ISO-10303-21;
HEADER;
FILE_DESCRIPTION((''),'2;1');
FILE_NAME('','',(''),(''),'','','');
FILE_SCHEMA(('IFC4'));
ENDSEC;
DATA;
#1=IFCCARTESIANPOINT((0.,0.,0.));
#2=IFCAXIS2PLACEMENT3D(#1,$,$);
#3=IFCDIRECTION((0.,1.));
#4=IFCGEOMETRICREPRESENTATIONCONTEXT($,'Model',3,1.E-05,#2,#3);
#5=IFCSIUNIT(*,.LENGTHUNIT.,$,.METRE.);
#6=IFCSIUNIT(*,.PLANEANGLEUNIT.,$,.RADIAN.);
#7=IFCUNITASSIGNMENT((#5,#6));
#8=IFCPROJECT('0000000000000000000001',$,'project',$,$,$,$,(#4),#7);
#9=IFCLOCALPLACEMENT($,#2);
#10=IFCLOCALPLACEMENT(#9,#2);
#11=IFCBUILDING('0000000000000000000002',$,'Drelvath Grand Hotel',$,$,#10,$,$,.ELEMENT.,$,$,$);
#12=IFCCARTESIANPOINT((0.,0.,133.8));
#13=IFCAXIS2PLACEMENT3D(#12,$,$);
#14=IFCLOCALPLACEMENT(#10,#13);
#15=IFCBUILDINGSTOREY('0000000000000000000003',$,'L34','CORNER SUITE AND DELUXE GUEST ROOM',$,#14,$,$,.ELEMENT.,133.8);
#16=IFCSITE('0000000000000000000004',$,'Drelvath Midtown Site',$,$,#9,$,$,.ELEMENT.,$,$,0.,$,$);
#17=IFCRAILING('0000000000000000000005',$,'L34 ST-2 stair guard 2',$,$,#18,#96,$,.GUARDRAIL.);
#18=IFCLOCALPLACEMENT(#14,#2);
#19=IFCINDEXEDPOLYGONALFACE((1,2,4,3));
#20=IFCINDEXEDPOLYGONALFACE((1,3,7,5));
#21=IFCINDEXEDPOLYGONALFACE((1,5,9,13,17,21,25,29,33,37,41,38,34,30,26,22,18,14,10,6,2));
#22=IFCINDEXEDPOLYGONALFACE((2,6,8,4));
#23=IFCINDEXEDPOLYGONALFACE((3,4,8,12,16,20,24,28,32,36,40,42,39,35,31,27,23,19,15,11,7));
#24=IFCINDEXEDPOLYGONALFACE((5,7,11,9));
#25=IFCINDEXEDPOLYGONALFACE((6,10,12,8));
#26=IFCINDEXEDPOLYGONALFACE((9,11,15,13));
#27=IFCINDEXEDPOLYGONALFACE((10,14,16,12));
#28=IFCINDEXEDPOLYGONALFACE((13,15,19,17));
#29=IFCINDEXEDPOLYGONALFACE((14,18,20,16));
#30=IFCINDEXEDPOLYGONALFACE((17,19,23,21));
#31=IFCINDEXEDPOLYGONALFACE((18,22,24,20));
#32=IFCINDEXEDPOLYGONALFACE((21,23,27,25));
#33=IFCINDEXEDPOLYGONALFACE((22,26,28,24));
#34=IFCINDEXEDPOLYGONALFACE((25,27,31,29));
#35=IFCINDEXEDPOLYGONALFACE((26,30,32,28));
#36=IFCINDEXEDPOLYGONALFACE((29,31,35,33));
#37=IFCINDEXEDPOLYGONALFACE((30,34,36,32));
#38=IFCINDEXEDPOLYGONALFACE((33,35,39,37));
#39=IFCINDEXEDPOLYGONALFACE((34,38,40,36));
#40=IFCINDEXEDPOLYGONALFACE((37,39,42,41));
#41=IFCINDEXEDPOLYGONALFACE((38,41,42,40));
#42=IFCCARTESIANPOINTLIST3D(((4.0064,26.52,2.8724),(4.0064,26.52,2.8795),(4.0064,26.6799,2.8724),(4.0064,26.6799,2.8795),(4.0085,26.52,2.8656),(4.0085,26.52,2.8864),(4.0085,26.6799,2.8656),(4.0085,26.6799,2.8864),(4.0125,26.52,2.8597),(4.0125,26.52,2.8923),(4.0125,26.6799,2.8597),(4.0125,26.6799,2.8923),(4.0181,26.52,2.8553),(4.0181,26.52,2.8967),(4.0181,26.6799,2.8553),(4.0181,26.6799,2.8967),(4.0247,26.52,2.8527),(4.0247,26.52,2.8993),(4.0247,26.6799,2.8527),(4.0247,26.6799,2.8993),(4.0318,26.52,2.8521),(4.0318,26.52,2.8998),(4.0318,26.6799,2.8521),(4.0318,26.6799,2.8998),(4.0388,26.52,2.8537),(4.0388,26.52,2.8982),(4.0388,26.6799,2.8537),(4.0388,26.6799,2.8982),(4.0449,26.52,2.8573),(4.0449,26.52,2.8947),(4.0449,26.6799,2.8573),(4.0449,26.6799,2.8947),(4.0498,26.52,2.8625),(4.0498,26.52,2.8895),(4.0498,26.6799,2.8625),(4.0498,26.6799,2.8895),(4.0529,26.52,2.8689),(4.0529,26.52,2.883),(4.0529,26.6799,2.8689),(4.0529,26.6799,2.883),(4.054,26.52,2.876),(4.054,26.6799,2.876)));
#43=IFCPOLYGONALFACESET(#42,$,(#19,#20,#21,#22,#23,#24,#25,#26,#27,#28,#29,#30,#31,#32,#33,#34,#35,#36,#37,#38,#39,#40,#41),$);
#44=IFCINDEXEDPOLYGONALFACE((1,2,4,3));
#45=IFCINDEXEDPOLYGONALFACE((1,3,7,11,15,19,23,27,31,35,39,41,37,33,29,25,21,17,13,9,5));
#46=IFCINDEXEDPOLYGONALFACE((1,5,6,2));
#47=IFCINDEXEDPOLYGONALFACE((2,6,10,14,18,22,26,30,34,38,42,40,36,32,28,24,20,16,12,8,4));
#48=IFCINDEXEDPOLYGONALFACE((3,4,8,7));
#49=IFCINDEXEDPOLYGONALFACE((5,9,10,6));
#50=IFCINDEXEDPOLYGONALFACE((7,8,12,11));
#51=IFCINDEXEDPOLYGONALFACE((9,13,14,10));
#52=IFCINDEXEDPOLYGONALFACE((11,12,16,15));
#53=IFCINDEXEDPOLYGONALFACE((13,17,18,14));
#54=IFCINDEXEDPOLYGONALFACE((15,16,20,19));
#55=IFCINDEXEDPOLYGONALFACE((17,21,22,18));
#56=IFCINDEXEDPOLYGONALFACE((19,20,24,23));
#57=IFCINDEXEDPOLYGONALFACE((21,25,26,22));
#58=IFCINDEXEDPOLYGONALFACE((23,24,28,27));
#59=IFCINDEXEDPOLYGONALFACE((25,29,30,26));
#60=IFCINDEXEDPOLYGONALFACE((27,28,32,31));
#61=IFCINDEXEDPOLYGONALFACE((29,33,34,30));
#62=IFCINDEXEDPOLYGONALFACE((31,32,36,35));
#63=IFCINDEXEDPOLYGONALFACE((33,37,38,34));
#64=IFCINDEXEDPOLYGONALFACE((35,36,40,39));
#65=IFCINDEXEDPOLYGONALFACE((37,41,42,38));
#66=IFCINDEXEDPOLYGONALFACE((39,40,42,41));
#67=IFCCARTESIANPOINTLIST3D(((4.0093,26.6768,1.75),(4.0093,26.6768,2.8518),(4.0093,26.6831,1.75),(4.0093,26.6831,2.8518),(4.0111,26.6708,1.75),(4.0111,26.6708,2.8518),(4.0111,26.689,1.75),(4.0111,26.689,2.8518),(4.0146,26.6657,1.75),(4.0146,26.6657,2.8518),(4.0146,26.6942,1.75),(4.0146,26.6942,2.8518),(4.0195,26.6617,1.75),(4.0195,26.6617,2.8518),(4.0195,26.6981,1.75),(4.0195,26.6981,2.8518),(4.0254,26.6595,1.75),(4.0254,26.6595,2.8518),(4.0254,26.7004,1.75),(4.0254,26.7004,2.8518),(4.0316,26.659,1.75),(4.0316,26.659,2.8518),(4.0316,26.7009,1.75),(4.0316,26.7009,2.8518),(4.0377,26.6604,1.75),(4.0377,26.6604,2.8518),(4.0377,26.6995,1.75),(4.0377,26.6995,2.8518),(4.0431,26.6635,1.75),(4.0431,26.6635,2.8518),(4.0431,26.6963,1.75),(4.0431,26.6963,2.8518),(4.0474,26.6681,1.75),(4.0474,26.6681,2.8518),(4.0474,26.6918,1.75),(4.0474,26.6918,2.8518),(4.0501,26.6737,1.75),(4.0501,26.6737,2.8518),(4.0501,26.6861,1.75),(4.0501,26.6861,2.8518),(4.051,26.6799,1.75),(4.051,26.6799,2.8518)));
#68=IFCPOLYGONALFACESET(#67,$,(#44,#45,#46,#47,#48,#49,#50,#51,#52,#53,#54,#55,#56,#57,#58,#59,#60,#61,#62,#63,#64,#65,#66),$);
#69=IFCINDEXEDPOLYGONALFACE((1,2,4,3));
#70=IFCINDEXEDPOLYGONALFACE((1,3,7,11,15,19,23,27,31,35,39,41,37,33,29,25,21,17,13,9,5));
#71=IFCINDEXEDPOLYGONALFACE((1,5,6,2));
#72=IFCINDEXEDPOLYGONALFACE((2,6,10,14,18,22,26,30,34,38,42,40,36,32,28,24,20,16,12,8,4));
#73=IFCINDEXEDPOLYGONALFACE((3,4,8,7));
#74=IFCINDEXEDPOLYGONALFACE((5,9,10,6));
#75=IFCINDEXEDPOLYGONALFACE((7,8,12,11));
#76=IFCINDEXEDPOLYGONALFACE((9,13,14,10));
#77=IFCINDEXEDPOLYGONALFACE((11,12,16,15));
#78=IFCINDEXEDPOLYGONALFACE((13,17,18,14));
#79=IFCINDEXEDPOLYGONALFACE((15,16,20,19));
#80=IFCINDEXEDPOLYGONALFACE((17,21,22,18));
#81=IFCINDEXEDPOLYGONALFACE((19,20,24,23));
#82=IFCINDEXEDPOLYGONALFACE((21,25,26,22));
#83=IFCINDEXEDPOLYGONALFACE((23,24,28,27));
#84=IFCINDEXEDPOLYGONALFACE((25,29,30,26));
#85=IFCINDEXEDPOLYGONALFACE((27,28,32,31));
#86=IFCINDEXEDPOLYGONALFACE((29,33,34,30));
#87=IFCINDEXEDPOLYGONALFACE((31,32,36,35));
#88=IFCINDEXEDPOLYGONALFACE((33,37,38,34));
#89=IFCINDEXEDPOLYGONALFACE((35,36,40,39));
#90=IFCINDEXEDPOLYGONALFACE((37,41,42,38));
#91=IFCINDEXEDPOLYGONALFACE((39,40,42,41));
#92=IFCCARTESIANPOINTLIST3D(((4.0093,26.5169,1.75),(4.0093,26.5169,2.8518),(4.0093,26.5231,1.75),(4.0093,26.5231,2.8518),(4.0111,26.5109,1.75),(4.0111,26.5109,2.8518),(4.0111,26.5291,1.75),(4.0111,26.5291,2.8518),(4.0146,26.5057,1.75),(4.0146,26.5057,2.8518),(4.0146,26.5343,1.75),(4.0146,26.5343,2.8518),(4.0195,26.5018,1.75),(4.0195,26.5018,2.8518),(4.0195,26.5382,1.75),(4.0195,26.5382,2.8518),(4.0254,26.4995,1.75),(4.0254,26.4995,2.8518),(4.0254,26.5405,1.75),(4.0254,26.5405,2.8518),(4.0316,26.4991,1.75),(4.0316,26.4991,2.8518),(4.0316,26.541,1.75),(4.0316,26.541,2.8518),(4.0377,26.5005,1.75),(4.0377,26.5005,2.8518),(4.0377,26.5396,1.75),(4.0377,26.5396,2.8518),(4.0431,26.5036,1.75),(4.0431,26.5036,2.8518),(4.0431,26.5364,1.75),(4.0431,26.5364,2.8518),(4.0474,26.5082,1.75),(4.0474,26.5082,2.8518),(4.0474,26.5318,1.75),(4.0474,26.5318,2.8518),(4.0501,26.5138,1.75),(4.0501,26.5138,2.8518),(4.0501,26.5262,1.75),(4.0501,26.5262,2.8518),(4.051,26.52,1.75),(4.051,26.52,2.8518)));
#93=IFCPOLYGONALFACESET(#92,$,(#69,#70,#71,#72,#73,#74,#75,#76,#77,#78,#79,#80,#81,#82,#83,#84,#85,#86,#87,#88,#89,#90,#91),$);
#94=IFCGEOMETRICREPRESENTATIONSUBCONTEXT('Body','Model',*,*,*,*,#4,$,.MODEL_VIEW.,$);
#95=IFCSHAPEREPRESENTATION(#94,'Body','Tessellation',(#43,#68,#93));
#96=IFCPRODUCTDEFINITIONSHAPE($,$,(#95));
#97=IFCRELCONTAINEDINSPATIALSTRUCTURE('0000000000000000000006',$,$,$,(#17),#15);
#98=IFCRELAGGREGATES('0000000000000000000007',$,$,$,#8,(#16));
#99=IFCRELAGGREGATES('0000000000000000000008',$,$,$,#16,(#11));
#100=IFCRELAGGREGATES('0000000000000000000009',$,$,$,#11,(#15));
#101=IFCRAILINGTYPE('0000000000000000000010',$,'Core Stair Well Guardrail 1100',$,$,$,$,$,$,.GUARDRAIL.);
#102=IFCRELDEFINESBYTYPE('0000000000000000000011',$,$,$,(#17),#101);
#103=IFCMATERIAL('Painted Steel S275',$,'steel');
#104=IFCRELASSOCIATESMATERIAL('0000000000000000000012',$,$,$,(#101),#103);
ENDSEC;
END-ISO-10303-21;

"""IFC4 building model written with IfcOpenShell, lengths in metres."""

from ifc_helpers import new_model, si_unit, direction, frame, origin, origin_2d, place, context, subcontext, project, spatial, circle, extrude, material, type_object, element, save


model = new_model("IFC4")

# Units and contexts
model_context = context("Model", 3, precision=1e-05, world=origin(), true_north=direction((0.0, 1.0)))
body_context = subcontext(model_context, "Body", "Model", "MODEL_VIEW")
ifc_project = project(units=[si_unit("LENGTHUNIT", "METRE"), si_unit("PLANEANGLEUNIT", "RADIAN")], contexts=[model_context])

# Site, building, storey
site_placement = place(None, origin())
site = spatial("IfcSite", under=ifc_project, at=site_placement, Name="Drelvath Midtown Site", CompositionType="ELEMENT", RefElevation=0.0)
building_placement = place(site_placement, origin())
building = spatial("IfcBuilding", under=site, at=building_placement, Name="Drelvath Grand Hotel", CompositionType="ELEMENT")
storey_placement = place(building_placement, frame((0.0, 0.0, 133.8)))
storey = spatial("IfcBuildingStorey", under=building, at=storey_placement, Name="L34", Description="CORNER SUITE AND DELUXE GUEST ROOM", CompositionType="ELEMENT", Elevation=133.8)

# Railing
ifc_material_1 = material(Name="Painted Steel S275", Category="steel")
railing_type_1 = type_object("IfcRailingType", Name="Core Stair Well Guardrail 1100", PredefinedType="GUARDRAIL", material=ifc_material_1)
railing_1_placement = place(storey_placement, frame((4.03, 26.6799, 1.75)))
element("IfcRailing", 1, at=railing_1_placement, inside=storey, type_object=railing_type_1, Name="L34 ST-2 stair guard 2", PredefinedType="GUARDRAIL", context=body_context, shape_type="SweptSolid", body=[
    extrude(circle(Radius=0.0239, at=origin_2d()), frame((0.0, 0.0, 1.126), z_axis=(0.0, -1.0, 0.0), x_axis=(1.0, 0.0, 0.0)), (0.0, 0.0, 1.0), 0.1599),
    extrude(circle(Radius=0.021, at=origin_2d()), origin(), (0.0, 0.0, 1.0), 1.1018),
    extrude(circle(Radius=0.021, at=origin_2d()), frame((0.0, -0.1599, 0.0)), (0.0, 0.0, 1.0), 1.1018),
])

save(model, "model.ifc")
